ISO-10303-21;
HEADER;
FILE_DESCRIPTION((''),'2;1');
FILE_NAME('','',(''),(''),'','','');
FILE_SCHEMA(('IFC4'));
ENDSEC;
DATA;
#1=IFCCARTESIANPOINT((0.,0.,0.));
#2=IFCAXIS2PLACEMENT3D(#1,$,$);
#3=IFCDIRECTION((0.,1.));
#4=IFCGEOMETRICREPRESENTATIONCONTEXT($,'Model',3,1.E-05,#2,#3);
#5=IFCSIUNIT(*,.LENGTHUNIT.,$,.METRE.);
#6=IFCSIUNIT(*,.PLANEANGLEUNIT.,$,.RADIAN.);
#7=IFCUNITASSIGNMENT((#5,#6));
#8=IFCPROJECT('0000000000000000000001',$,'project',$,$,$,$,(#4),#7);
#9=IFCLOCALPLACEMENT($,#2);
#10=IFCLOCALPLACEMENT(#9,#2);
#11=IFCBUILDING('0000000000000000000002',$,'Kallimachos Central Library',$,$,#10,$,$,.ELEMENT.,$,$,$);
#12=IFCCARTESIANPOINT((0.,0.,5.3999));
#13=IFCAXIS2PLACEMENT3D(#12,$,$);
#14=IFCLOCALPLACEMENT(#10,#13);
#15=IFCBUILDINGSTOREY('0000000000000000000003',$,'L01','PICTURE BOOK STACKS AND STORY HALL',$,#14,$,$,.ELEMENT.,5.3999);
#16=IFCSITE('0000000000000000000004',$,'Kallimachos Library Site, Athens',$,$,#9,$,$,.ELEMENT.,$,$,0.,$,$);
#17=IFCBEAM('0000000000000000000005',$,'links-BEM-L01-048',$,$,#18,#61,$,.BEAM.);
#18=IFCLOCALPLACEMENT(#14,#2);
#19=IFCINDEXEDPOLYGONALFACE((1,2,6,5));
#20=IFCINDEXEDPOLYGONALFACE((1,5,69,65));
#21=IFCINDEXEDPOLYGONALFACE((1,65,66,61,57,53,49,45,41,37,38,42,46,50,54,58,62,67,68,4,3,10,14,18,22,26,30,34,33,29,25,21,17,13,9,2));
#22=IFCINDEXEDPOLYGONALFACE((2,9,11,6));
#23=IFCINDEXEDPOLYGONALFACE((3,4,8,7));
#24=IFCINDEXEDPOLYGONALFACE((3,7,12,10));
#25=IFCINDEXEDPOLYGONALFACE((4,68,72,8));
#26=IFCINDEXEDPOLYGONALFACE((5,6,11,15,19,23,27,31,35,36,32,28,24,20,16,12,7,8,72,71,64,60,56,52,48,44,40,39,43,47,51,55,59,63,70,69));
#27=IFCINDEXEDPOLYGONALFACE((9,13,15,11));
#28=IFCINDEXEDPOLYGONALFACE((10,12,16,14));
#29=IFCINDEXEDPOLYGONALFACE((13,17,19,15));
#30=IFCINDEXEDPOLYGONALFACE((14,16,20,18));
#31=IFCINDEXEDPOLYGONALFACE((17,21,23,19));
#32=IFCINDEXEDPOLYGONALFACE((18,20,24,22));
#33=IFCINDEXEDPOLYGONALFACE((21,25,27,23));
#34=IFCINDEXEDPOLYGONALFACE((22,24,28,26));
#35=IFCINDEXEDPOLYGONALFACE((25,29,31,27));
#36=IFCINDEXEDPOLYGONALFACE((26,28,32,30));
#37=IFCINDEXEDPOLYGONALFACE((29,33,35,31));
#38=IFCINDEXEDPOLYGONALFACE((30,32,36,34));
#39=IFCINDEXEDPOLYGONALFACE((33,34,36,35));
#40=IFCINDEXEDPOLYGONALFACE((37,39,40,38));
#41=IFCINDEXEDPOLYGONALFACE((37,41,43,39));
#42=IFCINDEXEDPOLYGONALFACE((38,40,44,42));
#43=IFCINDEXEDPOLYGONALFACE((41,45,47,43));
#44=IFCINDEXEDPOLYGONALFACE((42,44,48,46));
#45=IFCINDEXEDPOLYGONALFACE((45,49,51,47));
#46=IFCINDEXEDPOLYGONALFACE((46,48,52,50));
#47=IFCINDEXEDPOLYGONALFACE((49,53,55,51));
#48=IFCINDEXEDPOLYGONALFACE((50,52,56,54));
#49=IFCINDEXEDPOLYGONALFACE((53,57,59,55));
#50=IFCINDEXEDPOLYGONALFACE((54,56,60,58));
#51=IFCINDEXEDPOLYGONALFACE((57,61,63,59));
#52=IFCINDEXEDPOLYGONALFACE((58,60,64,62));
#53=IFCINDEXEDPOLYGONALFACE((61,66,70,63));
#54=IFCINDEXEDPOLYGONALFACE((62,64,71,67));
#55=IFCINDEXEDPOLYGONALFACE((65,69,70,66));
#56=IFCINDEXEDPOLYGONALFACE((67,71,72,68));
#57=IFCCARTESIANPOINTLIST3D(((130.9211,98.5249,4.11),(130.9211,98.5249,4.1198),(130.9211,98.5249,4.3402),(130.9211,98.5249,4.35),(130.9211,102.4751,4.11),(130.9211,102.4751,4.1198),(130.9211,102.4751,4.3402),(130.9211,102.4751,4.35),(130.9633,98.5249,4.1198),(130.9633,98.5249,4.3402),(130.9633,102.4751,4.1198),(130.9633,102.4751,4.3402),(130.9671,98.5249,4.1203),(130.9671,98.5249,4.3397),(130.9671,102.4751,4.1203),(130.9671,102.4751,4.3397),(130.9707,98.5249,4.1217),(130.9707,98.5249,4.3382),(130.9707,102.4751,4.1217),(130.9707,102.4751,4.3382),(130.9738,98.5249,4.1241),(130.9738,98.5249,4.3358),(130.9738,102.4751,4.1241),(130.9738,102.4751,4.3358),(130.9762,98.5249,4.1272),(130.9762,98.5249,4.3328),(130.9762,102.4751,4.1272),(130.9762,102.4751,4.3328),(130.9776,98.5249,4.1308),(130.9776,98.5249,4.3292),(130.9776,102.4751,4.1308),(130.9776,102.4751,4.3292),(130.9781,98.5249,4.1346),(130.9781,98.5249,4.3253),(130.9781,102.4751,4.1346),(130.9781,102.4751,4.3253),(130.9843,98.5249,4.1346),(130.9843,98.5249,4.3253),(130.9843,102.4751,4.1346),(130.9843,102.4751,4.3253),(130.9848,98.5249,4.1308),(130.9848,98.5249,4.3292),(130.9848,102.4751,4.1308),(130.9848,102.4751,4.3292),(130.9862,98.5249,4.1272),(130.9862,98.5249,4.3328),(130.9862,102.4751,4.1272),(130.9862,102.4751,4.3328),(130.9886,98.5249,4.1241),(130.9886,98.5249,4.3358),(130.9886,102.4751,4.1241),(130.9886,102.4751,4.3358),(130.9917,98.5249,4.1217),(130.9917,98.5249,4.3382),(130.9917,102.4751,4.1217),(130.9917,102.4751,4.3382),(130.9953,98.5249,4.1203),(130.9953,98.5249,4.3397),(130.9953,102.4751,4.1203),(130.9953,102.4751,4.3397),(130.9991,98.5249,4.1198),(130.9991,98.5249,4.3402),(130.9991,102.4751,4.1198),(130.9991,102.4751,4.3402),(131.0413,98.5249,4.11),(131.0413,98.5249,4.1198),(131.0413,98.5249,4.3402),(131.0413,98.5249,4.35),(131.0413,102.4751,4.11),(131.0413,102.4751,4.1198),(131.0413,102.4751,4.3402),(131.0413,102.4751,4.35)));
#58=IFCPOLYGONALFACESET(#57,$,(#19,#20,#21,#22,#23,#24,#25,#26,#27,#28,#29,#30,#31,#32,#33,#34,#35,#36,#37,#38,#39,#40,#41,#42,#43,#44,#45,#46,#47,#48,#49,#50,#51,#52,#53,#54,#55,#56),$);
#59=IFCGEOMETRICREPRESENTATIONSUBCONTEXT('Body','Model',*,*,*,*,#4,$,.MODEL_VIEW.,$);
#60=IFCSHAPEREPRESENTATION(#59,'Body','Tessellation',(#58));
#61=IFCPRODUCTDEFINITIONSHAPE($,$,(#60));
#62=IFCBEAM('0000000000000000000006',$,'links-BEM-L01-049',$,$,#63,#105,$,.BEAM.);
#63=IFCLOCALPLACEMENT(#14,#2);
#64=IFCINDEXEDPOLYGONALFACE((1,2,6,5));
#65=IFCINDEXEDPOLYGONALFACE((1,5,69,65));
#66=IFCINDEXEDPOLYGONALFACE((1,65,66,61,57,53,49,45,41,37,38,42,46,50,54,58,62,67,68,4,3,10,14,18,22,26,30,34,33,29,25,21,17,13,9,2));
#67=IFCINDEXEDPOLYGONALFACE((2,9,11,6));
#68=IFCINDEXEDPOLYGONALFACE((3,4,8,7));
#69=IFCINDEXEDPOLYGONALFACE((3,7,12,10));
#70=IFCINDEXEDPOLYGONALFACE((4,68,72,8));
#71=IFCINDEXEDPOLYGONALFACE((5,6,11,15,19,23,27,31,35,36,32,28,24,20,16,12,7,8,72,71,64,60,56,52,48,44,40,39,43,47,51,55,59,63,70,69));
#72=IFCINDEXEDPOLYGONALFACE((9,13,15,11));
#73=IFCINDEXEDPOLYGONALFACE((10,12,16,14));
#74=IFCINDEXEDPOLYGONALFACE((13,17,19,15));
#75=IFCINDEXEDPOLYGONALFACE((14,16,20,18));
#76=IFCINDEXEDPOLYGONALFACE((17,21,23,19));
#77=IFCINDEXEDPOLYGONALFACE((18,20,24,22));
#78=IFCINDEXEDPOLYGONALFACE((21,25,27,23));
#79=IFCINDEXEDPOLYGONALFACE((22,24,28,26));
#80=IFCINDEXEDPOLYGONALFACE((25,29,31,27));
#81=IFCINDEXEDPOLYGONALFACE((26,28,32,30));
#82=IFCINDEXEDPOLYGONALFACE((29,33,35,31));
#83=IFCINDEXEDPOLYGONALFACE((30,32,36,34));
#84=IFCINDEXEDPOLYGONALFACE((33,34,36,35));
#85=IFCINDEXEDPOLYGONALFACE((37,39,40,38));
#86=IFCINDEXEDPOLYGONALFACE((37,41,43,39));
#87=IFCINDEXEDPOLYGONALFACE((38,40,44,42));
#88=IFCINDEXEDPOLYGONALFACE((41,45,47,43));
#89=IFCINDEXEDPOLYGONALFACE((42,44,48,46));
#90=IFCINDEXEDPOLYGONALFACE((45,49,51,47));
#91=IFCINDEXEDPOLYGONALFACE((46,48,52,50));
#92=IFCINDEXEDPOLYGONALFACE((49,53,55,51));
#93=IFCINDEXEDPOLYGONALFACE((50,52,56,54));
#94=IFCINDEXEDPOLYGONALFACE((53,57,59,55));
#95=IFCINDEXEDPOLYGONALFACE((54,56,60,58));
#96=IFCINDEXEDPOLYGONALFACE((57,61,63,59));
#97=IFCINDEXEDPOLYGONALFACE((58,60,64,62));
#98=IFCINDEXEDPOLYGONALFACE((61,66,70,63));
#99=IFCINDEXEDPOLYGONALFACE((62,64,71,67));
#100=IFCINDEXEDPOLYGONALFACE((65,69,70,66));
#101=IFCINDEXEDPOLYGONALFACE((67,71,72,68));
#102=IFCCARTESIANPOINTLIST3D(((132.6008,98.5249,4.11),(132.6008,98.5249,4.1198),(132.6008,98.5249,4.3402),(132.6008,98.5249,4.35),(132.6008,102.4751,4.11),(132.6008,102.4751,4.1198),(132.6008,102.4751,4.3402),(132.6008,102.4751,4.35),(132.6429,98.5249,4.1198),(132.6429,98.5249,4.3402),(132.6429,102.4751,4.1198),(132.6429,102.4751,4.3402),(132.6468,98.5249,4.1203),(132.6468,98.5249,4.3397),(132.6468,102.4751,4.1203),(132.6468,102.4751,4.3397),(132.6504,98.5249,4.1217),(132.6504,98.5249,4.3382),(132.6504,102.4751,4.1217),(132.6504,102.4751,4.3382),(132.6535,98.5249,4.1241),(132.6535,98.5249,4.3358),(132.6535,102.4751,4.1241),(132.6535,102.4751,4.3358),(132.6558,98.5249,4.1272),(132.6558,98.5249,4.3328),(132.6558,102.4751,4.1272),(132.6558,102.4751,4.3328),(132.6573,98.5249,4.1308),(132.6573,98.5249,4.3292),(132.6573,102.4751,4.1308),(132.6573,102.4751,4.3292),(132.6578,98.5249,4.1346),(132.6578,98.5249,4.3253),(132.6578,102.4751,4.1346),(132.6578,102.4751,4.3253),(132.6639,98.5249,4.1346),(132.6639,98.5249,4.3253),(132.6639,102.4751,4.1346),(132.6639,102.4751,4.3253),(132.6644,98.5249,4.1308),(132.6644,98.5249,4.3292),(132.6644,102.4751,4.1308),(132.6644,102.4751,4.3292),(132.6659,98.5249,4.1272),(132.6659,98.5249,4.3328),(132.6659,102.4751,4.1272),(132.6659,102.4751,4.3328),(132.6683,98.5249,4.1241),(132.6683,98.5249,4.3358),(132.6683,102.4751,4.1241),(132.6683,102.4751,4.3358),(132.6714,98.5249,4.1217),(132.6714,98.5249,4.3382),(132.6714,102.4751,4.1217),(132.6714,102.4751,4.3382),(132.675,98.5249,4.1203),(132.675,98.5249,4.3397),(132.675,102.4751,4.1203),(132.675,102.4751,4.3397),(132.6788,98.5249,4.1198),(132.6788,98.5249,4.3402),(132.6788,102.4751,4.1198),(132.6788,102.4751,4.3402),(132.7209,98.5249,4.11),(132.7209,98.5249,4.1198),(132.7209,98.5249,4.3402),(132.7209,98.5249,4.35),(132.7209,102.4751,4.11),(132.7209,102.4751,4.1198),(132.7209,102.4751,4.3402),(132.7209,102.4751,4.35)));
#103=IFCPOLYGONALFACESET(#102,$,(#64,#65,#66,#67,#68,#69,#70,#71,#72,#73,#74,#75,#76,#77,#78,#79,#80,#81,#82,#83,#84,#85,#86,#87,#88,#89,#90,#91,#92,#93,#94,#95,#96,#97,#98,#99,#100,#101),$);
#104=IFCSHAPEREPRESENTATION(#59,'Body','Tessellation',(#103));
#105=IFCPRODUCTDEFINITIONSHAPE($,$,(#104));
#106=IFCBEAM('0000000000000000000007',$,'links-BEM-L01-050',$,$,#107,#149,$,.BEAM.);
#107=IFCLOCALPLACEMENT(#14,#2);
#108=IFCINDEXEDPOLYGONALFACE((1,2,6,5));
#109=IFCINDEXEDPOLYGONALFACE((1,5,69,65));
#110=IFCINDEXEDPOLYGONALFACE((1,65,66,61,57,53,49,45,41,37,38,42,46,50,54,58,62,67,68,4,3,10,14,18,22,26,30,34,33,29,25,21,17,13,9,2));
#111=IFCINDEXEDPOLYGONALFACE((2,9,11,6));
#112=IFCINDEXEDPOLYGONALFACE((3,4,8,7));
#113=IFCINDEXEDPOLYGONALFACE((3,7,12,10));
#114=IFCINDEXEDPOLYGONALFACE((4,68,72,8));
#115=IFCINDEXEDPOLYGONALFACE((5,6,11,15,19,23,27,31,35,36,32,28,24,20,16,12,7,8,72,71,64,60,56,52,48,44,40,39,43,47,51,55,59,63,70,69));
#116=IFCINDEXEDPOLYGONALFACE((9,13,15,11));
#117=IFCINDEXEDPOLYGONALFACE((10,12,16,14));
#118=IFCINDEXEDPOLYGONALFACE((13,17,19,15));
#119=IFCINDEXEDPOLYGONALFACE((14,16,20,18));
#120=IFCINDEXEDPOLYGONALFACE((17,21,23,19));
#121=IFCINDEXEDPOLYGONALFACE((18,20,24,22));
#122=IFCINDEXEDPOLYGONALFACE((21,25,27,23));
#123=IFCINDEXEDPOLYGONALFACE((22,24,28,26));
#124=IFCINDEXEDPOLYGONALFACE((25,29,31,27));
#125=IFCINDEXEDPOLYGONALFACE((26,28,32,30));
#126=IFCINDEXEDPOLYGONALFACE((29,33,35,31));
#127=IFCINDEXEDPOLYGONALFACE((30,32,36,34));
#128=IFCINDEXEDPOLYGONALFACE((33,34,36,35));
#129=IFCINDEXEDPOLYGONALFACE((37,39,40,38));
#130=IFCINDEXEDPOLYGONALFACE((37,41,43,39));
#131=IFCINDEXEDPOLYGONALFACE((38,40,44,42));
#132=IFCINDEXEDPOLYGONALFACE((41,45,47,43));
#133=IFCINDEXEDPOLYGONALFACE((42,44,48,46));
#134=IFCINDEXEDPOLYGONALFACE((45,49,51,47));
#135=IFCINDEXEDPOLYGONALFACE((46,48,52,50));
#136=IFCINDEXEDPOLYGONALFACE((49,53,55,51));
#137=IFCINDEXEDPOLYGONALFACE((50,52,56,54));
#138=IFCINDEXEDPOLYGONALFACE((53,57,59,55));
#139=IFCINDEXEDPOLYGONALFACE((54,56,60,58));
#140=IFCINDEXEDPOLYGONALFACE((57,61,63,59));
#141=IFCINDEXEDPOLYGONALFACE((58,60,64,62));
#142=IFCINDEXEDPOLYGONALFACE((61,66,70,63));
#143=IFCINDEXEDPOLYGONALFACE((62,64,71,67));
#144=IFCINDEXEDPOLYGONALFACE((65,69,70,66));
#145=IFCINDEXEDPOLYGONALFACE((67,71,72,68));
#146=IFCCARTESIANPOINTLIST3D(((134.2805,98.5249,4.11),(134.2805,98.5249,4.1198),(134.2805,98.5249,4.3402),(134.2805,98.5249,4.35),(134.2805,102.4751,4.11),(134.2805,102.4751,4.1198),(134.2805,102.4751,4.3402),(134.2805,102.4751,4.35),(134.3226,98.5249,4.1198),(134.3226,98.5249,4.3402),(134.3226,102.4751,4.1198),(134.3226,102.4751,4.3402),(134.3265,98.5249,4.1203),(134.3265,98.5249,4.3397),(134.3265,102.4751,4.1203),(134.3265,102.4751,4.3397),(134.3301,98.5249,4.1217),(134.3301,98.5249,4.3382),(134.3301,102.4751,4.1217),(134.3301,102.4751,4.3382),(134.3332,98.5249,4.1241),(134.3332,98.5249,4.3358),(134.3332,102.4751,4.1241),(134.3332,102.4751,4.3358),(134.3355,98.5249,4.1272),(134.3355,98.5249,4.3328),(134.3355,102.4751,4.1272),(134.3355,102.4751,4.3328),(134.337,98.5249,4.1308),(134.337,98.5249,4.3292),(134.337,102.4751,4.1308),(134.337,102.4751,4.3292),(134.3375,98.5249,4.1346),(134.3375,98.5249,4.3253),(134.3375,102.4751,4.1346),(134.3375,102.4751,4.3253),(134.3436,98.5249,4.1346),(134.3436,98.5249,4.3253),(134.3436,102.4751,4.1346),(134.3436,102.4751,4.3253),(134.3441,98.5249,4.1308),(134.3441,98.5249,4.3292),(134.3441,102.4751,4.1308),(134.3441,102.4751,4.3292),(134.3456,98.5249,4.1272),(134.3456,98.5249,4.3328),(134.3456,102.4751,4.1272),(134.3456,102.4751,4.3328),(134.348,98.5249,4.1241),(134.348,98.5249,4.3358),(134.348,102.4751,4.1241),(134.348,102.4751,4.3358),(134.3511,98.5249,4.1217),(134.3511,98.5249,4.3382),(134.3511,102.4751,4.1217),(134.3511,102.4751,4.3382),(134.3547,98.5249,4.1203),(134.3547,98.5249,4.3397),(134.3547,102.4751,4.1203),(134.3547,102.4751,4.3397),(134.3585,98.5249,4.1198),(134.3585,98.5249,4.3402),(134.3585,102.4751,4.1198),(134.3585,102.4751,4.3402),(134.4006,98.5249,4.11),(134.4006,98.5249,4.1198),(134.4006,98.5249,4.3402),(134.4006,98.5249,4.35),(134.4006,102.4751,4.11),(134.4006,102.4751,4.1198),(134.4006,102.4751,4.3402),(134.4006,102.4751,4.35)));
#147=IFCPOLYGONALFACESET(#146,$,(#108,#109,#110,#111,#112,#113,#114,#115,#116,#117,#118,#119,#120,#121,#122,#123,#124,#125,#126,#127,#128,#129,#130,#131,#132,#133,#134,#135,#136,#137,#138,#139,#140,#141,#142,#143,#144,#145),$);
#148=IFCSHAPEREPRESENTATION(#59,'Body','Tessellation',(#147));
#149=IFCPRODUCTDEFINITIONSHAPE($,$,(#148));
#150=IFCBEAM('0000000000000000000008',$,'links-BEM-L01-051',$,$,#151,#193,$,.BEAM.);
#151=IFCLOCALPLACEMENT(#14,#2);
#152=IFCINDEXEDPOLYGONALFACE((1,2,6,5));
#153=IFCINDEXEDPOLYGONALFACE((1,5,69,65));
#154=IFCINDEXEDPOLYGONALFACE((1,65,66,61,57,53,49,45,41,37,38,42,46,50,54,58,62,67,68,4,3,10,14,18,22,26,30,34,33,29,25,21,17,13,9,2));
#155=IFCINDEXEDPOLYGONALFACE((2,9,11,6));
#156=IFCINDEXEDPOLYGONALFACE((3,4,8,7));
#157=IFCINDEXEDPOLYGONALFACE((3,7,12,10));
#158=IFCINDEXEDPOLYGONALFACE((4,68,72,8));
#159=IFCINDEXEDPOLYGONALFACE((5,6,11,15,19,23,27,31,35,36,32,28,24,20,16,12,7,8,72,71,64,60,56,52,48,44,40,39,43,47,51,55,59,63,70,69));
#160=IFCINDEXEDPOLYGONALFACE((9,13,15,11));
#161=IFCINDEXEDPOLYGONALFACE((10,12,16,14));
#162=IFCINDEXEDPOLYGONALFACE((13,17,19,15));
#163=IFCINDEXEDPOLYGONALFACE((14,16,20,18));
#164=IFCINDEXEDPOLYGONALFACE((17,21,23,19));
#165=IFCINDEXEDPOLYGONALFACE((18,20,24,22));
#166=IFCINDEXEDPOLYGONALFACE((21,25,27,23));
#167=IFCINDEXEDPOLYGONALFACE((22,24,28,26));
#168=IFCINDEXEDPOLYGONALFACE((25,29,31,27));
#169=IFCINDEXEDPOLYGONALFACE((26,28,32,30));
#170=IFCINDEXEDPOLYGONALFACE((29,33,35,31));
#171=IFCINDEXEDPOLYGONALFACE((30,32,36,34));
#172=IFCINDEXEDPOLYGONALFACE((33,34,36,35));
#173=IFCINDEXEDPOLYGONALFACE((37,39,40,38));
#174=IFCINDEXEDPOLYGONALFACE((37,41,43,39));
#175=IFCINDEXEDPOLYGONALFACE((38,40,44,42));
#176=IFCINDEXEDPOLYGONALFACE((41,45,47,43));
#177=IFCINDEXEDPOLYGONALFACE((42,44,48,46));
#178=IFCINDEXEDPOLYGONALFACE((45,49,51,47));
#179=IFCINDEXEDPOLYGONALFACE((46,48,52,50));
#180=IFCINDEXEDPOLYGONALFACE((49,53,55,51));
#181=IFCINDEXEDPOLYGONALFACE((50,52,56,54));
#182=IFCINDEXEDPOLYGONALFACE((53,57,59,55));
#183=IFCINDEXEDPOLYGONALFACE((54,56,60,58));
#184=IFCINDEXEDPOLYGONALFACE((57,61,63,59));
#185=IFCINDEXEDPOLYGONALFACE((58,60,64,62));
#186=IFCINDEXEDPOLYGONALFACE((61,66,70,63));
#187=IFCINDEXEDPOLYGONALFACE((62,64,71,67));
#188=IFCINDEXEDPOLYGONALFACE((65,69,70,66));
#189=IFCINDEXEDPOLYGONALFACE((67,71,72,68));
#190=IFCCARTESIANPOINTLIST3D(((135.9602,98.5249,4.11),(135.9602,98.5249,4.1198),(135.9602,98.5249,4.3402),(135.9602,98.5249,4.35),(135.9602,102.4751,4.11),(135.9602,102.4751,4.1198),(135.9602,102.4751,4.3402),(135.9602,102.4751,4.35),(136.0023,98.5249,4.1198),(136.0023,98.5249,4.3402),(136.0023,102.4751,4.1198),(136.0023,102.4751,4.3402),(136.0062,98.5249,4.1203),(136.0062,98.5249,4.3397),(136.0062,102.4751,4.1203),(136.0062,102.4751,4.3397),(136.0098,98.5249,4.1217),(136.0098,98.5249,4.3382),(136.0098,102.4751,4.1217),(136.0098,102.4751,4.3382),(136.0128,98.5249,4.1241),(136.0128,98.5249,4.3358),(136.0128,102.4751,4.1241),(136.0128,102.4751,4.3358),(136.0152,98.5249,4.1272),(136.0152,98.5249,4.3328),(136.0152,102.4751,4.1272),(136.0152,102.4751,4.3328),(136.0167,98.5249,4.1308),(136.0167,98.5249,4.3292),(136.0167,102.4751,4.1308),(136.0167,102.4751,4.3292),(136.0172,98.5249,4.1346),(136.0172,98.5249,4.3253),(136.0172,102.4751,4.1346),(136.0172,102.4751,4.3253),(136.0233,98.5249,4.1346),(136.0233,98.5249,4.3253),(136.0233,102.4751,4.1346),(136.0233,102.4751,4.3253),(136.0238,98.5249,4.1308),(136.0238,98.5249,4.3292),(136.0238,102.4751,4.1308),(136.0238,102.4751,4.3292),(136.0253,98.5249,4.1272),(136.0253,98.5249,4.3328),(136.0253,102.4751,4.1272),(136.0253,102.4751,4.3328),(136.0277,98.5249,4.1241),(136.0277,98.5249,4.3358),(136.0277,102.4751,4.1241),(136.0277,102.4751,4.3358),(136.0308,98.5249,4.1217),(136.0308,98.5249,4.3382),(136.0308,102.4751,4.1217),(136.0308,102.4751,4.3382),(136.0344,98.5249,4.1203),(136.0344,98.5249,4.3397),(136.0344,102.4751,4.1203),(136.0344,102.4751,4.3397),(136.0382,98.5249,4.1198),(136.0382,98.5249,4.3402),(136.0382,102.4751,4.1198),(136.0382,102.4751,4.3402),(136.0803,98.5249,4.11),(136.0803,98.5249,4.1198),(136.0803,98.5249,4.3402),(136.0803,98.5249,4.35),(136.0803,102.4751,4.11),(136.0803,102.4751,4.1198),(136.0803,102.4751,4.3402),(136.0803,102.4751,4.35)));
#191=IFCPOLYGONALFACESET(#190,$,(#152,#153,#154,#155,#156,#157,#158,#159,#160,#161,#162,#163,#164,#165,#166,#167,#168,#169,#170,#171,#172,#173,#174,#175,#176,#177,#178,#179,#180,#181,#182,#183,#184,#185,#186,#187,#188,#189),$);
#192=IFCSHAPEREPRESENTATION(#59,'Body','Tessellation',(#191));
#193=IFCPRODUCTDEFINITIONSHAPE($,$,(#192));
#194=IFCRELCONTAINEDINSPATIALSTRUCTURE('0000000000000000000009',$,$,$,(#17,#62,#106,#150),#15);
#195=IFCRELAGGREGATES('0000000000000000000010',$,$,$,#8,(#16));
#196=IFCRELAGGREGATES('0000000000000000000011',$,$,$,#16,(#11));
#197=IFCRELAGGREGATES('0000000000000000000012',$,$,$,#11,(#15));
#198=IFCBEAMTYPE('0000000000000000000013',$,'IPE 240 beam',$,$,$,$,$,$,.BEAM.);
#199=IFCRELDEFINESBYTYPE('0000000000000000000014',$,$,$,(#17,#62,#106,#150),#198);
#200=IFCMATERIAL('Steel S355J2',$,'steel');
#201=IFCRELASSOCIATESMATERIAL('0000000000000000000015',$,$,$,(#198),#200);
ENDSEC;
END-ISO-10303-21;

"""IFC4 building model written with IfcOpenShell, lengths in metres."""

from ifc_helpers import new_model, si_unit, direction, frame, origin, origin_2d, place, context, subcontext, project, spatial, i_section, extrude, material, material_profile, profile_set, type_object, element, save


model = new_model("IFC4")

# Units and contexts
model_context = context("Model", 3, precision=1e-05, world=origin(), true_north=direction((0.0, 1.0)))
body_context = subcontext(model_context, "Body", "Model", "MODEL_VIEW")
ifc_project = project(units=[si_unit("LENGTHUNIT", "METRE"), si_unit("PLANEANGLEUNIT", "RADIAN")], contexts=[model_context])

# Site, building, storey
site_placement = place(None, origin())
site = spatial("IfcSite", under=ifc_project, at=site_placement, Name="Kallimachos Library Site, Athens", CompositionType="ELEMENT", RefElevation=0.0)
building_placement = place(site_placement, origin())
building = spatial("IfcBuilding", under=site, at=building_placement, Name="Kallimachos Central Library", CompositionType="ELEMENT")
storey_placement = place(building_placement, frame((0.0, 0.0, 5.3999)))
storey = spatial("IfcBuildingStorey", under=building, at=storey_placement, Name="L01", Description="PICTURE BOOK STACKS AND STORY HALL", CompositionType="ELEMENT", Elevation=5.3999)

# Beams
ifc_material_1 = material(Name="Steel S355J2", Category="steel")
ifc_material_profile_1 = material_profile(ifc_material_1, i_section(OverallWidth=0.1201, OverallDepth=0.24, WebThickness=0.0061, FlangeThickness=0.0098, FilletRadius=0.0149, at=origin_2d()), Name="IPE 240")
ifc_profile_set_1 = profile_set([ifc_material_profile_1], Name="Steel S355J2")
beam_type = type_object("IfcBeamType", Name="IPE 240 beam", PredefinedType="BEAM", material=ifc_profile_set_1)
for number, where, z_axis, x_axis, name in (
    (1, (130.9812, 98.5249, 4.23), (0.0, 1.0, 0.0), (-1.0, 0.0, 0.0), "links-BEM-L01-048"),
    (2, (132.6609, 98.5249, 4.23), (0.0, 1.0, 0.0), (-1.0, 0.0, 0.0), "links-BEM-L01-049"),
    (3, (134.3406, 98.5249, 4.23), (0.0, 1.0, 0.0), (-1.0, 0.0, 0.0), "links-BEM-L01-050"),
    (4, (136.0203, 98.5249, 4.23), (0.0, 1.0, 0.0), (-1.0, 0.0, 0.0), "links-BEM-L01-051"),
):
    element("IfcBeam", number, at=place(storey_placement, frame(where, z_axis=z_axis, x_axis=x_axis)), inside=storey, type_object=beam_type, Name=name, PredefinedType="BEAM", context=body_context, shape_type="SweptSolid", body=[
        extrude(i_section(OverallWidth=0.1201, OverallDepth=0.24, WebThickness=0.0061, FlangeThickness=0.0098, FilletRadius=0.0149, at=origin_2d()), origin(), (0.0, 0.0, 1.0), 3.9502),
    ])

save(model, "model.ifc")
